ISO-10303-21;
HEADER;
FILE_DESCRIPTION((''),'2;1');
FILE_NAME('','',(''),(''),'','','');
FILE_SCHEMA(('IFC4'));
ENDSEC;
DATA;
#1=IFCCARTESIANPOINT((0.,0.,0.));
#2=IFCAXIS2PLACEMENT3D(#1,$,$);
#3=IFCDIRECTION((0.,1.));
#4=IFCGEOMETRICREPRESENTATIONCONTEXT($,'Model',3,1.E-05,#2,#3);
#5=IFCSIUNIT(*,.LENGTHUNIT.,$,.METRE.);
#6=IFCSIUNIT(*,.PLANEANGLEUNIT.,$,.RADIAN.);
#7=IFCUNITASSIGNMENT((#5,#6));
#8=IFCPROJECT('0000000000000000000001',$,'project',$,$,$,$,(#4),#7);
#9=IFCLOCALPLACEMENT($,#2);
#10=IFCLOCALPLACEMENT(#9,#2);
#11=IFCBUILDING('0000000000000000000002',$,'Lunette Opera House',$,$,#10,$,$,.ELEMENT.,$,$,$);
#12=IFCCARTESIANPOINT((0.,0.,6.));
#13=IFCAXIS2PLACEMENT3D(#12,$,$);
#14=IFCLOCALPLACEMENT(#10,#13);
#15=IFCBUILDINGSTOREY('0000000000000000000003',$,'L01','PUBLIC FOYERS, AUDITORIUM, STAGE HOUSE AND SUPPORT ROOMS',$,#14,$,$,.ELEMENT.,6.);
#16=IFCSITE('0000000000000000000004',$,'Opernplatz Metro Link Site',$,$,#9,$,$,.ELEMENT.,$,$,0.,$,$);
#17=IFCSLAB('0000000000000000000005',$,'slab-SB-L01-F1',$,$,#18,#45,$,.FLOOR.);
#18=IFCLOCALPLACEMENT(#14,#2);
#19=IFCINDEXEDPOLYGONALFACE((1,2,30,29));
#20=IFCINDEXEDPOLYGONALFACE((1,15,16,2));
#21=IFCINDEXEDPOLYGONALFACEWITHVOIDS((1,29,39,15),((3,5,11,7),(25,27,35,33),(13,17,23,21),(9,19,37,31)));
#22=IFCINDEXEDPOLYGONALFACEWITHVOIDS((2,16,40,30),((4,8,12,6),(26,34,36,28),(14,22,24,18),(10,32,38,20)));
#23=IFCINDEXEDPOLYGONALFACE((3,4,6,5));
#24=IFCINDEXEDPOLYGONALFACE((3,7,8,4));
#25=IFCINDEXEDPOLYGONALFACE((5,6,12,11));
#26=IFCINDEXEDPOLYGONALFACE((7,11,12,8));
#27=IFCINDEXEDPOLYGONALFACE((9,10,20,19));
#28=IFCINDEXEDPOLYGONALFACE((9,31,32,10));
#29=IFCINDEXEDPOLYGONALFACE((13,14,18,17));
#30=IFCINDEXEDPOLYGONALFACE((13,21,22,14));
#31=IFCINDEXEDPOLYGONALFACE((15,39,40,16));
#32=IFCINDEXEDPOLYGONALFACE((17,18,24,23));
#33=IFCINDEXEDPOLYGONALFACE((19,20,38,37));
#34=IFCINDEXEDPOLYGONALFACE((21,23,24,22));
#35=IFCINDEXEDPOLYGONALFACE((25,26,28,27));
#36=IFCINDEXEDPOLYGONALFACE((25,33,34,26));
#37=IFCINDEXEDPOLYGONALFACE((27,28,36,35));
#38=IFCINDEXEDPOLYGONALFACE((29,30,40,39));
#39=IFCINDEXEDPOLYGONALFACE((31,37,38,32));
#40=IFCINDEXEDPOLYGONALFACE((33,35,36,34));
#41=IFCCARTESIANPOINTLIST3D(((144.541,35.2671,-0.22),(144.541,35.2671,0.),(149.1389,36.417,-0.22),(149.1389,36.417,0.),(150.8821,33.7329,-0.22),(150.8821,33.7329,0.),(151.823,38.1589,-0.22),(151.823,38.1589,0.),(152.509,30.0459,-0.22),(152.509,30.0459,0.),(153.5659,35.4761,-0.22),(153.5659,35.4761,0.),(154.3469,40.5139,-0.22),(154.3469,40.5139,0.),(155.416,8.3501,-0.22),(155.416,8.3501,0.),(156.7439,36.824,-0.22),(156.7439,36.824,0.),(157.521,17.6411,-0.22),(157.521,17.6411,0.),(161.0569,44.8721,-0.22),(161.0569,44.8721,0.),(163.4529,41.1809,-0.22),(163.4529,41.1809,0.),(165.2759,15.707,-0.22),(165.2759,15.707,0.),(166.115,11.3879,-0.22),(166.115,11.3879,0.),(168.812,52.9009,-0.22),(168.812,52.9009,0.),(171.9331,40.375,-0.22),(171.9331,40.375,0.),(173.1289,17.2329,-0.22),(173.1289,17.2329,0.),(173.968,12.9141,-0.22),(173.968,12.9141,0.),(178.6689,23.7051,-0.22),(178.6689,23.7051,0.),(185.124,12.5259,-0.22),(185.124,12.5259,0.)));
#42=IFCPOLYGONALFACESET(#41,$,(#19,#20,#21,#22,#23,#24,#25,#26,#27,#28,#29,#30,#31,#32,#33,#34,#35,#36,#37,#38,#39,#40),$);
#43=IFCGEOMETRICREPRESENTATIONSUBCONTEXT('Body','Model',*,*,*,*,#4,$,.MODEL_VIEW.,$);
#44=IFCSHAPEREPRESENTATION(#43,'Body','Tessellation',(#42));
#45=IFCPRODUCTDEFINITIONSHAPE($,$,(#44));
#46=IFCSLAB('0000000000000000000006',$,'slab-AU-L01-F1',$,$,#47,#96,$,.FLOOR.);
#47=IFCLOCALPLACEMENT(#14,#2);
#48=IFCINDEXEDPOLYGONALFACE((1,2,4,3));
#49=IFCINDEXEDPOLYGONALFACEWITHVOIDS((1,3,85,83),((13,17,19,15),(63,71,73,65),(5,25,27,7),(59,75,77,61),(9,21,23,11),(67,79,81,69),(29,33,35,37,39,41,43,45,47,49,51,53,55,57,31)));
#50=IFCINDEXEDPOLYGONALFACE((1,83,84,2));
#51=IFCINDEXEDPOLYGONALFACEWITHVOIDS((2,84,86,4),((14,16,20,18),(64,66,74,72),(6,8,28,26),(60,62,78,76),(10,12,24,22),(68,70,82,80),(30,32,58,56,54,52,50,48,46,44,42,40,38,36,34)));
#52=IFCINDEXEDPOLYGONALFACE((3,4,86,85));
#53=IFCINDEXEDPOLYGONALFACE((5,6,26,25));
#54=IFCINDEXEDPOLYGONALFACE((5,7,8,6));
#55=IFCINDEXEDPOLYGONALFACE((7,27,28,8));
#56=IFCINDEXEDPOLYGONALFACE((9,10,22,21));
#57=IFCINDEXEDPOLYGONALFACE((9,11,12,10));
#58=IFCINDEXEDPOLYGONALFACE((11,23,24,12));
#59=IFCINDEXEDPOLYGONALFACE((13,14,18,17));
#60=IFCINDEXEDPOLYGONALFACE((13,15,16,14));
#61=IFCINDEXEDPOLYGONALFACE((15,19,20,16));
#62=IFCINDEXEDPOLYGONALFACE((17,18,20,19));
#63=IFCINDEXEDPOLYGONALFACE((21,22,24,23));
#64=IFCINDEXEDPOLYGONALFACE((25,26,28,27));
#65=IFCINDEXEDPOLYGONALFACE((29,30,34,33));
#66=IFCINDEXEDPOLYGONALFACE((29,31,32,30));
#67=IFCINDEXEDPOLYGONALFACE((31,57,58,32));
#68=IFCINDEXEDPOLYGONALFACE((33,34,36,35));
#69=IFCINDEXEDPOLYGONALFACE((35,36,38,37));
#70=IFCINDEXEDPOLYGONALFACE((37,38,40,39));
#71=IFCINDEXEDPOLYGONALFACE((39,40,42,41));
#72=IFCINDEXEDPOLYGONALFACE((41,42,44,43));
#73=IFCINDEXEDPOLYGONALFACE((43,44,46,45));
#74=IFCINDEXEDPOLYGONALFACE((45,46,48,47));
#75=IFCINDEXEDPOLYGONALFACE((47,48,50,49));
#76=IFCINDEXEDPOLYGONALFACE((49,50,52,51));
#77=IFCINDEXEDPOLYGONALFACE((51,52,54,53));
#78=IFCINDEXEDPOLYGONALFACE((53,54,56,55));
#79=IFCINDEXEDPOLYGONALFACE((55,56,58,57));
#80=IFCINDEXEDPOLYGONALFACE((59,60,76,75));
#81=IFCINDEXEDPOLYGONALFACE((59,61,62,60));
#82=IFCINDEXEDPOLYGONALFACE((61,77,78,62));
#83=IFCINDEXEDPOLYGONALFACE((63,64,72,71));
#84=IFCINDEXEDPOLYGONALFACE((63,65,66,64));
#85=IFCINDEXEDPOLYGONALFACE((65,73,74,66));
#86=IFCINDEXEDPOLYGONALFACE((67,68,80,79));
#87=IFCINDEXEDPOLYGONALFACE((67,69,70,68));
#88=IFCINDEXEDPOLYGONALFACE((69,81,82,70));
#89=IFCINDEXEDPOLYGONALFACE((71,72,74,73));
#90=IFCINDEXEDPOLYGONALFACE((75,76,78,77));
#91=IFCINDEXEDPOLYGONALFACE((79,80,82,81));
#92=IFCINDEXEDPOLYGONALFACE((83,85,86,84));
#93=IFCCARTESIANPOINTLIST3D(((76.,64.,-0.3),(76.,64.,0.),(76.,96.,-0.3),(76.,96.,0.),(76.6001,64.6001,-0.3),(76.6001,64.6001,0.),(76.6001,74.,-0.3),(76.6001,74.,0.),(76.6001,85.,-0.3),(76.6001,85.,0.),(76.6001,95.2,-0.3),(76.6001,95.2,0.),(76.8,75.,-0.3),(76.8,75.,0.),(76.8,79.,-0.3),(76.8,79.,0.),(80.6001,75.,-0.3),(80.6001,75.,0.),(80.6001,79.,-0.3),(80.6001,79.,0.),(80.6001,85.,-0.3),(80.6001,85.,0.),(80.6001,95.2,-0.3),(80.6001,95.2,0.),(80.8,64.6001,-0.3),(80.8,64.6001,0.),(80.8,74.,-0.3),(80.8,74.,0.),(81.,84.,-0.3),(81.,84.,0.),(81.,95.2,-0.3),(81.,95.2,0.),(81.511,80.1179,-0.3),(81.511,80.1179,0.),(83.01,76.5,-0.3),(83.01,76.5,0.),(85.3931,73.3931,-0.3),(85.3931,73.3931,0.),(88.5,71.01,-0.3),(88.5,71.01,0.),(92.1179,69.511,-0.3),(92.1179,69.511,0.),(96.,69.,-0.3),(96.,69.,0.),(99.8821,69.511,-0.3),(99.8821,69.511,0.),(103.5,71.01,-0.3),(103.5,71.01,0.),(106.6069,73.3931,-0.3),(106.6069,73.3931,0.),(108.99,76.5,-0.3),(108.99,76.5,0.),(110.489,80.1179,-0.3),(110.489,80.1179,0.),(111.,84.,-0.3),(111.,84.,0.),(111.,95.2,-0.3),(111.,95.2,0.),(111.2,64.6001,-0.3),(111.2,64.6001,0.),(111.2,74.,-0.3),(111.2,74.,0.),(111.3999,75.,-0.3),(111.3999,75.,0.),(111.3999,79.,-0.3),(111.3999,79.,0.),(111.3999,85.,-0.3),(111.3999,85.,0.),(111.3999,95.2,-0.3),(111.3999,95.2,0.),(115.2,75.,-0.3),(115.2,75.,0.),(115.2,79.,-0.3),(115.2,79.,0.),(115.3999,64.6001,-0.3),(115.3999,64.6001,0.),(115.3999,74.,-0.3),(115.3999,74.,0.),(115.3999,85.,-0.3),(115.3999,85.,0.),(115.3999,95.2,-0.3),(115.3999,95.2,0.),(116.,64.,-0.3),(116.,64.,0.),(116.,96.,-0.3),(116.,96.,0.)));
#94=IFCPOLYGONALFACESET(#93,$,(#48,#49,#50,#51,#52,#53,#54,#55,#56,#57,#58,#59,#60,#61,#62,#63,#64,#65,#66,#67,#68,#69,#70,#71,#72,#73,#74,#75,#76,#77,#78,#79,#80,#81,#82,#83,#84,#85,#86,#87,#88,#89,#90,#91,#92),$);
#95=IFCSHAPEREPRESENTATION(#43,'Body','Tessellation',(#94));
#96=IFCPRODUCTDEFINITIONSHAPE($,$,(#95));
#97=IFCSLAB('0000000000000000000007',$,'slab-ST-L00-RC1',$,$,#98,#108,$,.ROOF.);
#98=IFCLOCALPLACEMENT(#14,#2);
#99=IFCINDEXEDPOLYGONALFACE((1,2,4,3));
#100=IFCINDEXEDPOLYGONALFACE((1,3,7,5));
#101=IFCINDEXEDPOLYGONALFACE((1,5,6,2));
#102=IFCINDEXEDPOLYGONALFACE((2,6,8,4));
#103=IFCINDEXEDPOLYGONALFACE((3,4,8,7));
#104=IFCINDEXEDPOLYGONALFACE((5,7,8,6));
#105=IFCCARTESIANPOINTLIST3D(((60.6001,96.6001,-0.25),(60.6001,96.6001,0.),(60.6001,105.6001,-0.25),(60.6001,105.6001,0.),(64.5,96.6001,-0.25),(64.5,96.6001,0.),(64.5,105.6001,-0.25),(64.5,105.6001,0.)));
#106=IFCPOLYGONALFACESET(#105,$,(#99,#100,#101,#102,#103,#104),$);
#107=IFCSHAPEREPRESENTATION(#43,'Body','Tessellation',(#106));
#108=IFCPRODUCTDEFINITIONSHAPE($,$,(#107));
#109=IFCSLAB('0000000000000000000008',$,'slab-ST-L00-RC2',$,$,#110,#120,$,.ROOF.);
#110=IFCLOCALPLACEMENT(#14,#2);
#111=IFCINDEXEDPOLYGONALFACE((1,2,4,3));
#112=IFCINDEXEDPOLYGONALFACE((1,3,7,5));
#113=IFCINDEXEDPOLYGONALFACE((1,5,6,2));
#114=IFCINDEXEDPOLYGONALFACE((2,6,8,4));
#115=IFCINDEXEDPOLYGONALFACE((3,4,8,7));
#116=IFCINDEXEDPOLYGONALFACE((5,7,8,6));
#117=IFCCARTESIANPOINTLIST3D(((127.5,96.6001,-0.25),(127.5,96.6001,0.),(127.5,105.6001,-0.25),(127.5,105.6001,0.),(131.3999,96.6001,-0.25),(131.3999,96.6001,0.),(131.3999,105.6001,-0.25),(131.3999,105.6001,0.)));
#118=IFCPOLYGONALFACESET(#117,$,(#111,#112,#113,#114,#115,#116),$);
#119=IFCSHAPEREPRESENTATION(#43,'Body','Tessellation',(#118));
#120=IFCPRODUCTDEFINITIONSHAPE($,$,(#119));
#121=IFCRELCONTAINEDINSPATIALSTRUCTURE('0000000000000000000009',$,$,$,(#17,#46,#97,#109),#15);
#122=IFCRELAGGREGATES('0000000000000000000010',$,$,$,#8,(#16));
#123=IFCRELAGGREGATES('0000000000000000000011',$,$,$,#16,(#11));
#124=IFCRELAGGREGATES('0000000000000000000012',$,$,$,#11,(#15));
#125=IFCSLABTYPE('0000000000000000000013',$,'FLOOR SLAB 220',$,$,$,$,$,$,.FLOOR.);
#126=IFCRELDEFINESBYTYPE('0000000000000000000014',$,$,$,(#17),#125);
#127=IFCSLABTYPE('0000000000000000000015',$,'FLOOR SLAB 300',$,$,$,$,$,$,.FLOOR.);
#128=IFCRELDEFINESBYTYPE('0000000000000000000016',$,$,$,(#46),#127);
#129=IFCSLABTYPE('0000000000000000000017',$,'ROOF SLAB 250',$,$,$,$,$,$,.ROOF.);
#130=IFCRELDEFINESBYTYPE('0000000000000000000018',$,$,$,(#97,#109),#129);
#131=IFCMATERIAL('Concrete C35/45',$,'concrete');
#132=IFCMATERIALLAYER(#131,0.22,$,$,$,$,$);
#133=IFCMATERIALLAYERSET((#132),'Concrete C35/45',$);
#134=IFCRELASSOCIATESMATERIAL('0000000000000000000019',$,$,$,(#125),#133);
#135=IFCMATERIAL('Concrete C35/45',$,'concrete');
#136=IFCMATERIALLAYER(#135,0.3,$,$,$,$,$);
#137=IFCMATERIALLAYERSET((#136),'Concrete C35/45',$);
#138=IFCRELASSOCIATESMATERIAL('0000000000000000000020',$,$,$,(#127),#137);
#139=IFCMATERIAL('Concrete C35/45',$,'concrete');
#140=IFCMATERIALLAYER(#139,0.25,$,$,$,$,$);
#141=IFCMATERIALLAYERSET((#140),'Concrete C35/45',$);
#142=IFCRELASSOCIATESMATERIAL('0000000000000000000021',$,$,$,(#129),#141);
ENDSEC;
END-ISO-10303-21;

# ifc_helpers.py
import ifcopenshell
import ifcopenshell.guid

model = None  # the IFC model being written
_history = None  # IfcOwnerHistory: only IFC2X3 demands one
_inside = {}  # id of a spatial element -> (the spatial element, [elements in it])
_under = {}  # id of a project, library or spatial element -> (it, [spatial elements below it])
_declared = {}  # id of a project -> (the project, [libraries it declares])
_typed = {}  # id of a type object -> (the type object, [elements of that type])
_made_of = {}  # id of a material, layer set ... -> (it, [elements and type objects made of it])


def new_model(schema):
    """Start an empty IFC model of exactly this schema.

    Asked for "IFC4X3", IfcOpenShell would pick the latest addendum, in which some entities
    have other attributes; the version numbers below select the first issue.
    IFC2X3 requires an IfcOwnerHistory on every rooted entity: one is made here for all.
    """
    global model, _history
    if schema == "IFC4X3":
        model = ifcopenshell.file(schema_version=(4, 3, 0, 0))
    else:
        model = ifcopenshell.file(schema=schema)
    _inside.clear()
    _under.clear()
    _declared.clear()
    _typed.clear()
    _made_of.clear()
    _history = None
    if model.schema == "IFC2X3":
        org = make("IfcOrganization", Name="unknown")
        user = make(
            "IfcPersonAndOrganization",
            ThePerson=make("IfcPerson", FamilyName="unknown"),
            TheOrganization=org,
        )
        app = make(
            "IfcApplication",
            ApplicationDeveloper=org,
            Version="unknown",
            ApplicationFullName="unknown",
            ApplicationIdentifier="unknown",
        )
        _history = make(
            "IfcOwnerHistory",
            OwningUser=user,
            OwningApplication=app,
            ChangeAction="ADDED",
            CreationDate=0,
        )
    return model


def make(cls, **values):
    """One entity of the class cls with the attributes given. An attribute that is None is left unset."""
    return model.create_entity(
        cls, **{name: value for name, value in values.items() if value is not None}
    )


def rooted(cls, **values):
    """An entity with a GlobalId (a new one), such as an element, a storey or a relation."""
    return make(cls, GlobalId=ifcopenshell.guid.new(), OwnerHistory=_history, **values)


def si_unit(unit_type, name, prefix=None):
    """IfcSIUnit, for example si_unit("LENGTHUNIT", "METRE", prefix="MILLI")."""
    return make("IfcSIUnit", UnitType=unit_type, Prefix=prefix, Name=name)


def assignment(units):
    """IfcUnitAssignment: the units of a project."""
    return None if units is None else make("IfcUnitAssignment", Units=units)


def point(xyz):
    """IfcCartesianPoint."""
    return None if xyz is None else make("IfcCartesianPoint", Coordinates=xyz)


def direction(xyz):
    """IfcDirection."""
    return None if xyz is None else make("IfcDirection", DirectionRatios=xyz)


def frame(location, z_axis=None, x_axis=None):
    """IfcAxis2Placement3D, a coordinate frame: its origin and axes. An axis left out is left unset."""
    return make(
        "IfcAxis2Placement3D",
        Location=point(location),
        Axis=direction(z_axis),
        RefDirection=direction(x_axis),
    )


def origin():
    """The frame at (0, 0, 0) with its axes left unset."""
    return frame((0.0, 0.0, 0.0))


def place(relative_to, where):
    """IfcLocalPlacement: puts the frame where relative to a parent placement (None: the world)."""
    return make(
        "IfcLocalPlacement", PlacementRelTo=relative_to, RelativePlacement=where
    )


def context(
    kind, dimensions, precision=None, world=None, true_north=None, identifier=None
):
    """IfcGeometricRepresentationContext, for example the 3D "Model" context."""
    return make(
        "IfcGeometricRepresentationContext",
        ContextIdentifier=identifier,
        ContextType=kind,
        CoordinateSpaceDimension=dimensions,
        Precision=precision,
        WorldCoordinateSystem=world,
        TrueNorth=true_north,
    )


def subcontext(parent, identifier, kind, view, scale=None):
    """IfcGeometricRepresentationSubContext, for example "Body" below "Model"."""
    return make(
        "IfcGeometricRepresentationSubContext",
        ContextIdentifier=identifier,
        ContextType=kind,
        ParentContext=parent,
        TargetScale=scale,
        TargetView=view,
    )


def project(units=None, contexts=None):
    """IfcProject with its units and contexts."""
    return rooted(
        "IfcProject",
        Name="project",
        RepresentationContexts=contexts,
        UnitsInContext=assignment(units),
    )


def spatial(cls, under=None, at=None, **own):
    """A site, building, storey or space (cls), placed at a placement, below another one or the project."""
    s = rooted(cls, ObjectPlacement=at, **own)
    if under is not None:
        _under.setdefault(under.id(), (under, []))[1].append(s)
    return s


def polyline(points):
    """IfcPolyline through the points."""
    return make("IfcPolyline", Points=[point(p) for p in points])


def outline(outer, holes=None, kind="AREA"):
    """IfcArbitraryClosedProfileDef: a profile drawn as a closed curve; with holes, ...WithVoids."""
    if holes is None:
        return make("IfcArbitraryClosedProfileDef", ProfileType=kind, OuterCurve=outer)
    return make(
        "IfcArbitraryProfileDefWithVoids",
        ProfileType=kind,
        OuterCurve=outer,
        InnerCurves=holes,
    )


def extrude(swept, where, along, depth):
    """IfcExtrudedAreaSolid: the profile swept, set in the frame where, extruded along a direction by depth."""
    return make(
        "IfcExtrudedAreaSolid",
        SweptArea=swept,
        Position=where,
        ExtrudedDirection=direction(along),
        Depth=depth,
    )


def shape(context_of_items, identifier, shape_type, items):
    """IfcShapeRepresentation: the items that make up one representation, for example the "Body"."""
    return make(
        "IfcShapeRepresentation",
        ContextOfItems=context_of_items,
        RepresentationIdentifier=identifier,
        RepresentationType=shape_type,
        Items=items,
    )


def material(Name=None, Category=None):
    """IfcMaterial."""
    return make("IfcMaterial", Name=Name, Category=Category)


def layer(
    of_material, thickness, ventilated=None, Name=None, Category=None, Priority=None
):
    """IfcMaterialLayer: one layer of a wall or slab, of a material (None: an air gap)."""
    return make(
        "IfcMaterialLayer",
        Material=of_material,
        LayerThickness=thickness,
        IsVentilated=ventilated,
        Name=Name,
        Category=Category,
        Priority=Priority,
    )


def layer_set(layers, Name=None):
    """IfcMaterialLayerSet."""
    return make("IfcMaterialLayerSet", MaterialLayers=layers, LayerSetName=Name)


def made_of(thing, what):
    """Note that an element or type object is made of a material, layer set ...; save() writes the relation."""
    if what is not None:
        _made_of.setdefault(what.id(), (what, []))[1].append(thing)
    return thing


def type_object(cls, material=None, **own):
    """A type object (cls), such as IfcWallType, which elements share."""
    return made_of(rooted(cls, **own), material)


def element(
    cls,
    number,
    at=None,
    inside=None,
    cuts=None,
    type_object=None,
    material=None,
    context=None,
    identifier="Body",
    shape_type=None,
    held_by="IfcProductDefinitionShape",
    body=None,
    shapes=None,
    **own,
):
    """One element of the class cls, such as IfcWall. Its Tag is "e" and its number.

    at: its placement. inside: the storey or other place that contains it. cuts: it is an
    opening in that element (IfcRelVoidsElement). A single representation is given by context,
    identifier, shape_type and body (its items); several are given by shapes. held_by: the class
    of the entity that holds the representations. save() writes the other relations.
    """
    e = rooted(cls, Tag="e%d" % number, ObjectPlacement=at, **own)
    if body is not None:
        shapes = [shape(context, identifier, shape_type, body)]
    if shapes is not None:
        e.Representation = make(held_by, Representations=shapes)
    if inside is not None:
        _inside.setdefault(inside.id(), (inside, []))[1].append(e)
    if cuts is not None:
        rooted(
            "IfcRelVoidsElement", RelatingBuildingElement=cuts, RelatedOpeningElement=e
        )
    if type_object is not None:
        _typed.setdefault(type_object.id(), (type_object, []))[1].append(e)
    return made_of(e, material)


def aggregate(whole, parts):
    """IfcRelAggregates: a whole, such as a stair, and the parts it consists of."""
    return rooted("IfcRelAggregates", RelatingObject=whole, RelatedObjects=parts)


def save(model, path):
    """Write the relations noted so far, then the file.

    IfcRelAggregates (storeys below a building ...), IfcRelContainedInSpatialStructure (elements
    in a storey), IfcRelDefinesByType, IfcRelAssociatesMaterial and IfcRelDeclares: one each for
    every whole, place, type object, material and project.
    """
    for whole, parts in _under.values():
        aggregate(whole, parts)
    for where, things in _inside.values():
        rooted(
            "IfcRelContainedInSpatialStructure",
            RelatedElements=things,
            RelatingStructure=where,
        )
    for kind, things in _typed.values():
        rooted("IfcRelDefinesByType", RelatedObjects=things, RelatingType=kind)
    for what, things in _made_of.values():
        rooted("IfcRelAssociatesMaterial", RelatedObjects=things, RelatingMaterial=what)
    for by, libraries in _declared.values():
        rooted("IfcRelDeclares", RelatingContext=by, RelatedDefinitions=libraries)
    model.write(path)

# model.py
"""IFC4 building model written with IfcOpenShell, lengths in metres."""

from ifc_helpers import new_model, si_unit, direction, frame, origin, place, context, subcontext, project, spatial, polyline, outline, extrude, material, layer, layer_set, type_object, element, save


model = new_model("IFC4")

# Units and contexts
model_context = context("Model", 3, precision=1e-05, world=origin(), true_north=direction((0.0, 1.0)))
body_context = subcontext(model_context, "Body", "Model", "MODEL_VIEW")
ifc_project = project(units=[si_unit("LENGTHUNIT", "METRE"), si_unit("PLANEANGLEUNIT", "RADIAN")], contexts=[model_context])

# Site, building, storey
site_placement = place(None, origin())
site = spatial("IfcSite", under=ifc_project, at=site_placement, Name="Opernplatz Metro Link Site", CompositionType="ELEMENT", RefElevation=0.0)
building_placement = place(site_placement, origin())
building = spatial("IfcBuilding", under=site, at=building_placement, Name="Lunette Opera House", CompositionType="ELEMENT")
storey_placement = place(building_placement, frame((0.0, 0.0, 6.0)))
storey = spatial("IfcBuildingStorey", under=building, at=storey_placement, Name="L01", Description="PUBLIC FOYERS, AUDITORIUM, STAGE HOUSE AND SUPPORT ROOMS", CompositionType="ELEMENT", Elevation=6.0)

# Slabs
ifc_material_1 = material(Name="Concrete C35/45", Category="concrete")
ifc_layer_1 = layer(ifc_material_1, 0.22)
ifc_layer_set_1 = layer_set([ifc_layer_1], Name="Concrete C35/45")
slab_type_1 = type_object("IfcSlabType", Name="FLOOR SLAB 220", PredefinedType="FLOOR", material=ifc_layer_set_1)
slab_1_placement = place(storey_placement, frame((0.0, 0.0, -0.22)))
element("IfcSlab", 1, at=slab_1_placement, inside=storey, type_object=slab_type_1, Name="slab-SB-L01-F1", PredefinedType="FLOOR", context=body_context, shape_type="SweptSolid", body=[
    extrude(outline(polyline([(155.416, 8.3501), (185.124, 12.5259), (168.812, 52.9009), (144.541, 35.2671), (155.416, 8.3501)]), holes=[polyline([(157.521, 17.6411), (152.509, 30.0459), (171.9331, 40.375), (178.6689, 23.7051), (157.521, 17.6411)]), polyline([(165.2759, 15.707), (173.1289, 17.2329), (173.968, 12.9141), (166.115, 11.3879), (165.2759, 15.707)]), polyline([(151.823, 38.1589), (153.5659, 35.4761), (150.8821, 33.7329), (149.1389, 36.417), (151.823, 38.1589)]), polyline([(161.0569, 44.8721), (163.4529, 41.1809), (156.7439, 36.824), (154.3469, 40.5139), (161.0569, 44.8721)])]), origin(), (0.0, 0.0, 1.0), 0.22),
])
ifc_material_2 = material(Name="Concrete C35/45", Category="concrete")
ifc_layer_2 = layer(ifc_material_2, 0.3)
ifc_layer_set_2 = layer_set([ifc_layer_2], Name="Concrete C35/45")
slab_type_2 = type_object("IfcSlabType", Name="FLOOR SLAB 300", PredefinedType="FLOOR", material=ifc_layer_set_2)
slab_2_placement = place(storey_placement, frame((0.0, 0.0, -0.3)))
element("IfcSlab", 2, at=slab_2_placement, inside=storey, type_object=slab_type_2, Name="slab-AU-L01-F1", PredefinedType="FLOOR", context=body_context, shape_type="SweptSolid", body=[
    extrude(outline(polyline([(76.0, 96.0), (76.0, 64.0), (116.0, 64.0), (116.0, 96.0), (76.0, 96.0)]), holes=[polyline([(81.511, 80.1179), (81.0, 84.0), (81.0, 95.2), (111.0, 95.2), (111.0, 84.0), (110.489, 80.1179), (108.99, 76.5), (106.6069, 73.3931), (103.5, 71.01), (99.8821, 69.511), (96.0, 69.0), (92.1179, 69.511), (88.5, 71.01), (85.3931, 73.3931), (83.01, 76.5), (81.511, 80.1179)]), polyline([(76.6001, 64.6001), (76.6001, 74.0), (80.8, 74.0), (80.8, 64.6001), (76.6001, 64.6001)]), polyline([(111.2, 74.0), (115.3999, 74.0), (115.3999, 64.6001), (111.2, 64.6001), (111.2, 74.0)]), polyline([(76.8, 79.0), (80.6001, 79.0), (80.6001, 75.0), (76.8, 75.0), (76.8, 79.0)]), polyline([(111.3999, 75.0), (111.3999, 79.0), (115.2, 79.0), (115.2, 75.0), (111.3999, 75.0)]), polyline([(76.6001, 95.2), (80.6001, 95.2), (80.6001, 85.0), (76.6001, 85.0), (76.6001, 95.2)]), polyline([(111.3999, 95.2), (115.3999, 95.2), (115.3999, 85.0), (111.3999, 85.0), (111.3999, 95.2)])]), origin(), (0.0, 0.0, 1.0), 0.3),
])
ifc_material_3 = material(Name="Concrete C35/45", Category="concrete")
ifc_layer_3 = layer(ifc_material_3, 0.25)
ifc_layer_set_3 = layer_set([ifc_layer_3], Name="Concrete C35/45")
slab_type_3 = type_object("IfcSlabType", Name="ROOF SLAB 250", PredefinedType="ROOF", material=ifc_layer_set_3)
slab_3_placement = place(storey_placement, frame((0.0, 0.0, -0.25)))
element("IfcSlab", 3, at=slab_3_placement, inside=storey, type_object=slab_type_3, Name="slab-ST-L00-RC1", PredefinedType="ROOF", context=body_context, shape_type="SweptSolid", body=[
    extrude(outline(polyline([(64.5, 96.6001), (64.5, 105.6001), (60.6001, 105.6001), (60.6001, 96.6001), (64.5, 96.6001)])), origin(), (0.0, 0.0, 1.0), 0.25),
])
slab_4_placement = place(storey_placement, frame((0.0, 0.0, -0.25)))
element("IfcSlab", 4, at=slab_4_placement, inside=storey, type_object=slab_type_3, Name="slab-ST-L00-RC2", PredefinedType="ROOF", context=body_context, shape_type="SweptSolid", body=[
    extrude(outline(polyline([(131.3999, 96.6001), (131.3999, 105.6001), (127.5, 105.6001), (127.5, 96.6001), (131.3999, 96.6001)])), origin(), (0.0, 0.0, 1.0), 0.25),
])

save(model, "model.ifc")
